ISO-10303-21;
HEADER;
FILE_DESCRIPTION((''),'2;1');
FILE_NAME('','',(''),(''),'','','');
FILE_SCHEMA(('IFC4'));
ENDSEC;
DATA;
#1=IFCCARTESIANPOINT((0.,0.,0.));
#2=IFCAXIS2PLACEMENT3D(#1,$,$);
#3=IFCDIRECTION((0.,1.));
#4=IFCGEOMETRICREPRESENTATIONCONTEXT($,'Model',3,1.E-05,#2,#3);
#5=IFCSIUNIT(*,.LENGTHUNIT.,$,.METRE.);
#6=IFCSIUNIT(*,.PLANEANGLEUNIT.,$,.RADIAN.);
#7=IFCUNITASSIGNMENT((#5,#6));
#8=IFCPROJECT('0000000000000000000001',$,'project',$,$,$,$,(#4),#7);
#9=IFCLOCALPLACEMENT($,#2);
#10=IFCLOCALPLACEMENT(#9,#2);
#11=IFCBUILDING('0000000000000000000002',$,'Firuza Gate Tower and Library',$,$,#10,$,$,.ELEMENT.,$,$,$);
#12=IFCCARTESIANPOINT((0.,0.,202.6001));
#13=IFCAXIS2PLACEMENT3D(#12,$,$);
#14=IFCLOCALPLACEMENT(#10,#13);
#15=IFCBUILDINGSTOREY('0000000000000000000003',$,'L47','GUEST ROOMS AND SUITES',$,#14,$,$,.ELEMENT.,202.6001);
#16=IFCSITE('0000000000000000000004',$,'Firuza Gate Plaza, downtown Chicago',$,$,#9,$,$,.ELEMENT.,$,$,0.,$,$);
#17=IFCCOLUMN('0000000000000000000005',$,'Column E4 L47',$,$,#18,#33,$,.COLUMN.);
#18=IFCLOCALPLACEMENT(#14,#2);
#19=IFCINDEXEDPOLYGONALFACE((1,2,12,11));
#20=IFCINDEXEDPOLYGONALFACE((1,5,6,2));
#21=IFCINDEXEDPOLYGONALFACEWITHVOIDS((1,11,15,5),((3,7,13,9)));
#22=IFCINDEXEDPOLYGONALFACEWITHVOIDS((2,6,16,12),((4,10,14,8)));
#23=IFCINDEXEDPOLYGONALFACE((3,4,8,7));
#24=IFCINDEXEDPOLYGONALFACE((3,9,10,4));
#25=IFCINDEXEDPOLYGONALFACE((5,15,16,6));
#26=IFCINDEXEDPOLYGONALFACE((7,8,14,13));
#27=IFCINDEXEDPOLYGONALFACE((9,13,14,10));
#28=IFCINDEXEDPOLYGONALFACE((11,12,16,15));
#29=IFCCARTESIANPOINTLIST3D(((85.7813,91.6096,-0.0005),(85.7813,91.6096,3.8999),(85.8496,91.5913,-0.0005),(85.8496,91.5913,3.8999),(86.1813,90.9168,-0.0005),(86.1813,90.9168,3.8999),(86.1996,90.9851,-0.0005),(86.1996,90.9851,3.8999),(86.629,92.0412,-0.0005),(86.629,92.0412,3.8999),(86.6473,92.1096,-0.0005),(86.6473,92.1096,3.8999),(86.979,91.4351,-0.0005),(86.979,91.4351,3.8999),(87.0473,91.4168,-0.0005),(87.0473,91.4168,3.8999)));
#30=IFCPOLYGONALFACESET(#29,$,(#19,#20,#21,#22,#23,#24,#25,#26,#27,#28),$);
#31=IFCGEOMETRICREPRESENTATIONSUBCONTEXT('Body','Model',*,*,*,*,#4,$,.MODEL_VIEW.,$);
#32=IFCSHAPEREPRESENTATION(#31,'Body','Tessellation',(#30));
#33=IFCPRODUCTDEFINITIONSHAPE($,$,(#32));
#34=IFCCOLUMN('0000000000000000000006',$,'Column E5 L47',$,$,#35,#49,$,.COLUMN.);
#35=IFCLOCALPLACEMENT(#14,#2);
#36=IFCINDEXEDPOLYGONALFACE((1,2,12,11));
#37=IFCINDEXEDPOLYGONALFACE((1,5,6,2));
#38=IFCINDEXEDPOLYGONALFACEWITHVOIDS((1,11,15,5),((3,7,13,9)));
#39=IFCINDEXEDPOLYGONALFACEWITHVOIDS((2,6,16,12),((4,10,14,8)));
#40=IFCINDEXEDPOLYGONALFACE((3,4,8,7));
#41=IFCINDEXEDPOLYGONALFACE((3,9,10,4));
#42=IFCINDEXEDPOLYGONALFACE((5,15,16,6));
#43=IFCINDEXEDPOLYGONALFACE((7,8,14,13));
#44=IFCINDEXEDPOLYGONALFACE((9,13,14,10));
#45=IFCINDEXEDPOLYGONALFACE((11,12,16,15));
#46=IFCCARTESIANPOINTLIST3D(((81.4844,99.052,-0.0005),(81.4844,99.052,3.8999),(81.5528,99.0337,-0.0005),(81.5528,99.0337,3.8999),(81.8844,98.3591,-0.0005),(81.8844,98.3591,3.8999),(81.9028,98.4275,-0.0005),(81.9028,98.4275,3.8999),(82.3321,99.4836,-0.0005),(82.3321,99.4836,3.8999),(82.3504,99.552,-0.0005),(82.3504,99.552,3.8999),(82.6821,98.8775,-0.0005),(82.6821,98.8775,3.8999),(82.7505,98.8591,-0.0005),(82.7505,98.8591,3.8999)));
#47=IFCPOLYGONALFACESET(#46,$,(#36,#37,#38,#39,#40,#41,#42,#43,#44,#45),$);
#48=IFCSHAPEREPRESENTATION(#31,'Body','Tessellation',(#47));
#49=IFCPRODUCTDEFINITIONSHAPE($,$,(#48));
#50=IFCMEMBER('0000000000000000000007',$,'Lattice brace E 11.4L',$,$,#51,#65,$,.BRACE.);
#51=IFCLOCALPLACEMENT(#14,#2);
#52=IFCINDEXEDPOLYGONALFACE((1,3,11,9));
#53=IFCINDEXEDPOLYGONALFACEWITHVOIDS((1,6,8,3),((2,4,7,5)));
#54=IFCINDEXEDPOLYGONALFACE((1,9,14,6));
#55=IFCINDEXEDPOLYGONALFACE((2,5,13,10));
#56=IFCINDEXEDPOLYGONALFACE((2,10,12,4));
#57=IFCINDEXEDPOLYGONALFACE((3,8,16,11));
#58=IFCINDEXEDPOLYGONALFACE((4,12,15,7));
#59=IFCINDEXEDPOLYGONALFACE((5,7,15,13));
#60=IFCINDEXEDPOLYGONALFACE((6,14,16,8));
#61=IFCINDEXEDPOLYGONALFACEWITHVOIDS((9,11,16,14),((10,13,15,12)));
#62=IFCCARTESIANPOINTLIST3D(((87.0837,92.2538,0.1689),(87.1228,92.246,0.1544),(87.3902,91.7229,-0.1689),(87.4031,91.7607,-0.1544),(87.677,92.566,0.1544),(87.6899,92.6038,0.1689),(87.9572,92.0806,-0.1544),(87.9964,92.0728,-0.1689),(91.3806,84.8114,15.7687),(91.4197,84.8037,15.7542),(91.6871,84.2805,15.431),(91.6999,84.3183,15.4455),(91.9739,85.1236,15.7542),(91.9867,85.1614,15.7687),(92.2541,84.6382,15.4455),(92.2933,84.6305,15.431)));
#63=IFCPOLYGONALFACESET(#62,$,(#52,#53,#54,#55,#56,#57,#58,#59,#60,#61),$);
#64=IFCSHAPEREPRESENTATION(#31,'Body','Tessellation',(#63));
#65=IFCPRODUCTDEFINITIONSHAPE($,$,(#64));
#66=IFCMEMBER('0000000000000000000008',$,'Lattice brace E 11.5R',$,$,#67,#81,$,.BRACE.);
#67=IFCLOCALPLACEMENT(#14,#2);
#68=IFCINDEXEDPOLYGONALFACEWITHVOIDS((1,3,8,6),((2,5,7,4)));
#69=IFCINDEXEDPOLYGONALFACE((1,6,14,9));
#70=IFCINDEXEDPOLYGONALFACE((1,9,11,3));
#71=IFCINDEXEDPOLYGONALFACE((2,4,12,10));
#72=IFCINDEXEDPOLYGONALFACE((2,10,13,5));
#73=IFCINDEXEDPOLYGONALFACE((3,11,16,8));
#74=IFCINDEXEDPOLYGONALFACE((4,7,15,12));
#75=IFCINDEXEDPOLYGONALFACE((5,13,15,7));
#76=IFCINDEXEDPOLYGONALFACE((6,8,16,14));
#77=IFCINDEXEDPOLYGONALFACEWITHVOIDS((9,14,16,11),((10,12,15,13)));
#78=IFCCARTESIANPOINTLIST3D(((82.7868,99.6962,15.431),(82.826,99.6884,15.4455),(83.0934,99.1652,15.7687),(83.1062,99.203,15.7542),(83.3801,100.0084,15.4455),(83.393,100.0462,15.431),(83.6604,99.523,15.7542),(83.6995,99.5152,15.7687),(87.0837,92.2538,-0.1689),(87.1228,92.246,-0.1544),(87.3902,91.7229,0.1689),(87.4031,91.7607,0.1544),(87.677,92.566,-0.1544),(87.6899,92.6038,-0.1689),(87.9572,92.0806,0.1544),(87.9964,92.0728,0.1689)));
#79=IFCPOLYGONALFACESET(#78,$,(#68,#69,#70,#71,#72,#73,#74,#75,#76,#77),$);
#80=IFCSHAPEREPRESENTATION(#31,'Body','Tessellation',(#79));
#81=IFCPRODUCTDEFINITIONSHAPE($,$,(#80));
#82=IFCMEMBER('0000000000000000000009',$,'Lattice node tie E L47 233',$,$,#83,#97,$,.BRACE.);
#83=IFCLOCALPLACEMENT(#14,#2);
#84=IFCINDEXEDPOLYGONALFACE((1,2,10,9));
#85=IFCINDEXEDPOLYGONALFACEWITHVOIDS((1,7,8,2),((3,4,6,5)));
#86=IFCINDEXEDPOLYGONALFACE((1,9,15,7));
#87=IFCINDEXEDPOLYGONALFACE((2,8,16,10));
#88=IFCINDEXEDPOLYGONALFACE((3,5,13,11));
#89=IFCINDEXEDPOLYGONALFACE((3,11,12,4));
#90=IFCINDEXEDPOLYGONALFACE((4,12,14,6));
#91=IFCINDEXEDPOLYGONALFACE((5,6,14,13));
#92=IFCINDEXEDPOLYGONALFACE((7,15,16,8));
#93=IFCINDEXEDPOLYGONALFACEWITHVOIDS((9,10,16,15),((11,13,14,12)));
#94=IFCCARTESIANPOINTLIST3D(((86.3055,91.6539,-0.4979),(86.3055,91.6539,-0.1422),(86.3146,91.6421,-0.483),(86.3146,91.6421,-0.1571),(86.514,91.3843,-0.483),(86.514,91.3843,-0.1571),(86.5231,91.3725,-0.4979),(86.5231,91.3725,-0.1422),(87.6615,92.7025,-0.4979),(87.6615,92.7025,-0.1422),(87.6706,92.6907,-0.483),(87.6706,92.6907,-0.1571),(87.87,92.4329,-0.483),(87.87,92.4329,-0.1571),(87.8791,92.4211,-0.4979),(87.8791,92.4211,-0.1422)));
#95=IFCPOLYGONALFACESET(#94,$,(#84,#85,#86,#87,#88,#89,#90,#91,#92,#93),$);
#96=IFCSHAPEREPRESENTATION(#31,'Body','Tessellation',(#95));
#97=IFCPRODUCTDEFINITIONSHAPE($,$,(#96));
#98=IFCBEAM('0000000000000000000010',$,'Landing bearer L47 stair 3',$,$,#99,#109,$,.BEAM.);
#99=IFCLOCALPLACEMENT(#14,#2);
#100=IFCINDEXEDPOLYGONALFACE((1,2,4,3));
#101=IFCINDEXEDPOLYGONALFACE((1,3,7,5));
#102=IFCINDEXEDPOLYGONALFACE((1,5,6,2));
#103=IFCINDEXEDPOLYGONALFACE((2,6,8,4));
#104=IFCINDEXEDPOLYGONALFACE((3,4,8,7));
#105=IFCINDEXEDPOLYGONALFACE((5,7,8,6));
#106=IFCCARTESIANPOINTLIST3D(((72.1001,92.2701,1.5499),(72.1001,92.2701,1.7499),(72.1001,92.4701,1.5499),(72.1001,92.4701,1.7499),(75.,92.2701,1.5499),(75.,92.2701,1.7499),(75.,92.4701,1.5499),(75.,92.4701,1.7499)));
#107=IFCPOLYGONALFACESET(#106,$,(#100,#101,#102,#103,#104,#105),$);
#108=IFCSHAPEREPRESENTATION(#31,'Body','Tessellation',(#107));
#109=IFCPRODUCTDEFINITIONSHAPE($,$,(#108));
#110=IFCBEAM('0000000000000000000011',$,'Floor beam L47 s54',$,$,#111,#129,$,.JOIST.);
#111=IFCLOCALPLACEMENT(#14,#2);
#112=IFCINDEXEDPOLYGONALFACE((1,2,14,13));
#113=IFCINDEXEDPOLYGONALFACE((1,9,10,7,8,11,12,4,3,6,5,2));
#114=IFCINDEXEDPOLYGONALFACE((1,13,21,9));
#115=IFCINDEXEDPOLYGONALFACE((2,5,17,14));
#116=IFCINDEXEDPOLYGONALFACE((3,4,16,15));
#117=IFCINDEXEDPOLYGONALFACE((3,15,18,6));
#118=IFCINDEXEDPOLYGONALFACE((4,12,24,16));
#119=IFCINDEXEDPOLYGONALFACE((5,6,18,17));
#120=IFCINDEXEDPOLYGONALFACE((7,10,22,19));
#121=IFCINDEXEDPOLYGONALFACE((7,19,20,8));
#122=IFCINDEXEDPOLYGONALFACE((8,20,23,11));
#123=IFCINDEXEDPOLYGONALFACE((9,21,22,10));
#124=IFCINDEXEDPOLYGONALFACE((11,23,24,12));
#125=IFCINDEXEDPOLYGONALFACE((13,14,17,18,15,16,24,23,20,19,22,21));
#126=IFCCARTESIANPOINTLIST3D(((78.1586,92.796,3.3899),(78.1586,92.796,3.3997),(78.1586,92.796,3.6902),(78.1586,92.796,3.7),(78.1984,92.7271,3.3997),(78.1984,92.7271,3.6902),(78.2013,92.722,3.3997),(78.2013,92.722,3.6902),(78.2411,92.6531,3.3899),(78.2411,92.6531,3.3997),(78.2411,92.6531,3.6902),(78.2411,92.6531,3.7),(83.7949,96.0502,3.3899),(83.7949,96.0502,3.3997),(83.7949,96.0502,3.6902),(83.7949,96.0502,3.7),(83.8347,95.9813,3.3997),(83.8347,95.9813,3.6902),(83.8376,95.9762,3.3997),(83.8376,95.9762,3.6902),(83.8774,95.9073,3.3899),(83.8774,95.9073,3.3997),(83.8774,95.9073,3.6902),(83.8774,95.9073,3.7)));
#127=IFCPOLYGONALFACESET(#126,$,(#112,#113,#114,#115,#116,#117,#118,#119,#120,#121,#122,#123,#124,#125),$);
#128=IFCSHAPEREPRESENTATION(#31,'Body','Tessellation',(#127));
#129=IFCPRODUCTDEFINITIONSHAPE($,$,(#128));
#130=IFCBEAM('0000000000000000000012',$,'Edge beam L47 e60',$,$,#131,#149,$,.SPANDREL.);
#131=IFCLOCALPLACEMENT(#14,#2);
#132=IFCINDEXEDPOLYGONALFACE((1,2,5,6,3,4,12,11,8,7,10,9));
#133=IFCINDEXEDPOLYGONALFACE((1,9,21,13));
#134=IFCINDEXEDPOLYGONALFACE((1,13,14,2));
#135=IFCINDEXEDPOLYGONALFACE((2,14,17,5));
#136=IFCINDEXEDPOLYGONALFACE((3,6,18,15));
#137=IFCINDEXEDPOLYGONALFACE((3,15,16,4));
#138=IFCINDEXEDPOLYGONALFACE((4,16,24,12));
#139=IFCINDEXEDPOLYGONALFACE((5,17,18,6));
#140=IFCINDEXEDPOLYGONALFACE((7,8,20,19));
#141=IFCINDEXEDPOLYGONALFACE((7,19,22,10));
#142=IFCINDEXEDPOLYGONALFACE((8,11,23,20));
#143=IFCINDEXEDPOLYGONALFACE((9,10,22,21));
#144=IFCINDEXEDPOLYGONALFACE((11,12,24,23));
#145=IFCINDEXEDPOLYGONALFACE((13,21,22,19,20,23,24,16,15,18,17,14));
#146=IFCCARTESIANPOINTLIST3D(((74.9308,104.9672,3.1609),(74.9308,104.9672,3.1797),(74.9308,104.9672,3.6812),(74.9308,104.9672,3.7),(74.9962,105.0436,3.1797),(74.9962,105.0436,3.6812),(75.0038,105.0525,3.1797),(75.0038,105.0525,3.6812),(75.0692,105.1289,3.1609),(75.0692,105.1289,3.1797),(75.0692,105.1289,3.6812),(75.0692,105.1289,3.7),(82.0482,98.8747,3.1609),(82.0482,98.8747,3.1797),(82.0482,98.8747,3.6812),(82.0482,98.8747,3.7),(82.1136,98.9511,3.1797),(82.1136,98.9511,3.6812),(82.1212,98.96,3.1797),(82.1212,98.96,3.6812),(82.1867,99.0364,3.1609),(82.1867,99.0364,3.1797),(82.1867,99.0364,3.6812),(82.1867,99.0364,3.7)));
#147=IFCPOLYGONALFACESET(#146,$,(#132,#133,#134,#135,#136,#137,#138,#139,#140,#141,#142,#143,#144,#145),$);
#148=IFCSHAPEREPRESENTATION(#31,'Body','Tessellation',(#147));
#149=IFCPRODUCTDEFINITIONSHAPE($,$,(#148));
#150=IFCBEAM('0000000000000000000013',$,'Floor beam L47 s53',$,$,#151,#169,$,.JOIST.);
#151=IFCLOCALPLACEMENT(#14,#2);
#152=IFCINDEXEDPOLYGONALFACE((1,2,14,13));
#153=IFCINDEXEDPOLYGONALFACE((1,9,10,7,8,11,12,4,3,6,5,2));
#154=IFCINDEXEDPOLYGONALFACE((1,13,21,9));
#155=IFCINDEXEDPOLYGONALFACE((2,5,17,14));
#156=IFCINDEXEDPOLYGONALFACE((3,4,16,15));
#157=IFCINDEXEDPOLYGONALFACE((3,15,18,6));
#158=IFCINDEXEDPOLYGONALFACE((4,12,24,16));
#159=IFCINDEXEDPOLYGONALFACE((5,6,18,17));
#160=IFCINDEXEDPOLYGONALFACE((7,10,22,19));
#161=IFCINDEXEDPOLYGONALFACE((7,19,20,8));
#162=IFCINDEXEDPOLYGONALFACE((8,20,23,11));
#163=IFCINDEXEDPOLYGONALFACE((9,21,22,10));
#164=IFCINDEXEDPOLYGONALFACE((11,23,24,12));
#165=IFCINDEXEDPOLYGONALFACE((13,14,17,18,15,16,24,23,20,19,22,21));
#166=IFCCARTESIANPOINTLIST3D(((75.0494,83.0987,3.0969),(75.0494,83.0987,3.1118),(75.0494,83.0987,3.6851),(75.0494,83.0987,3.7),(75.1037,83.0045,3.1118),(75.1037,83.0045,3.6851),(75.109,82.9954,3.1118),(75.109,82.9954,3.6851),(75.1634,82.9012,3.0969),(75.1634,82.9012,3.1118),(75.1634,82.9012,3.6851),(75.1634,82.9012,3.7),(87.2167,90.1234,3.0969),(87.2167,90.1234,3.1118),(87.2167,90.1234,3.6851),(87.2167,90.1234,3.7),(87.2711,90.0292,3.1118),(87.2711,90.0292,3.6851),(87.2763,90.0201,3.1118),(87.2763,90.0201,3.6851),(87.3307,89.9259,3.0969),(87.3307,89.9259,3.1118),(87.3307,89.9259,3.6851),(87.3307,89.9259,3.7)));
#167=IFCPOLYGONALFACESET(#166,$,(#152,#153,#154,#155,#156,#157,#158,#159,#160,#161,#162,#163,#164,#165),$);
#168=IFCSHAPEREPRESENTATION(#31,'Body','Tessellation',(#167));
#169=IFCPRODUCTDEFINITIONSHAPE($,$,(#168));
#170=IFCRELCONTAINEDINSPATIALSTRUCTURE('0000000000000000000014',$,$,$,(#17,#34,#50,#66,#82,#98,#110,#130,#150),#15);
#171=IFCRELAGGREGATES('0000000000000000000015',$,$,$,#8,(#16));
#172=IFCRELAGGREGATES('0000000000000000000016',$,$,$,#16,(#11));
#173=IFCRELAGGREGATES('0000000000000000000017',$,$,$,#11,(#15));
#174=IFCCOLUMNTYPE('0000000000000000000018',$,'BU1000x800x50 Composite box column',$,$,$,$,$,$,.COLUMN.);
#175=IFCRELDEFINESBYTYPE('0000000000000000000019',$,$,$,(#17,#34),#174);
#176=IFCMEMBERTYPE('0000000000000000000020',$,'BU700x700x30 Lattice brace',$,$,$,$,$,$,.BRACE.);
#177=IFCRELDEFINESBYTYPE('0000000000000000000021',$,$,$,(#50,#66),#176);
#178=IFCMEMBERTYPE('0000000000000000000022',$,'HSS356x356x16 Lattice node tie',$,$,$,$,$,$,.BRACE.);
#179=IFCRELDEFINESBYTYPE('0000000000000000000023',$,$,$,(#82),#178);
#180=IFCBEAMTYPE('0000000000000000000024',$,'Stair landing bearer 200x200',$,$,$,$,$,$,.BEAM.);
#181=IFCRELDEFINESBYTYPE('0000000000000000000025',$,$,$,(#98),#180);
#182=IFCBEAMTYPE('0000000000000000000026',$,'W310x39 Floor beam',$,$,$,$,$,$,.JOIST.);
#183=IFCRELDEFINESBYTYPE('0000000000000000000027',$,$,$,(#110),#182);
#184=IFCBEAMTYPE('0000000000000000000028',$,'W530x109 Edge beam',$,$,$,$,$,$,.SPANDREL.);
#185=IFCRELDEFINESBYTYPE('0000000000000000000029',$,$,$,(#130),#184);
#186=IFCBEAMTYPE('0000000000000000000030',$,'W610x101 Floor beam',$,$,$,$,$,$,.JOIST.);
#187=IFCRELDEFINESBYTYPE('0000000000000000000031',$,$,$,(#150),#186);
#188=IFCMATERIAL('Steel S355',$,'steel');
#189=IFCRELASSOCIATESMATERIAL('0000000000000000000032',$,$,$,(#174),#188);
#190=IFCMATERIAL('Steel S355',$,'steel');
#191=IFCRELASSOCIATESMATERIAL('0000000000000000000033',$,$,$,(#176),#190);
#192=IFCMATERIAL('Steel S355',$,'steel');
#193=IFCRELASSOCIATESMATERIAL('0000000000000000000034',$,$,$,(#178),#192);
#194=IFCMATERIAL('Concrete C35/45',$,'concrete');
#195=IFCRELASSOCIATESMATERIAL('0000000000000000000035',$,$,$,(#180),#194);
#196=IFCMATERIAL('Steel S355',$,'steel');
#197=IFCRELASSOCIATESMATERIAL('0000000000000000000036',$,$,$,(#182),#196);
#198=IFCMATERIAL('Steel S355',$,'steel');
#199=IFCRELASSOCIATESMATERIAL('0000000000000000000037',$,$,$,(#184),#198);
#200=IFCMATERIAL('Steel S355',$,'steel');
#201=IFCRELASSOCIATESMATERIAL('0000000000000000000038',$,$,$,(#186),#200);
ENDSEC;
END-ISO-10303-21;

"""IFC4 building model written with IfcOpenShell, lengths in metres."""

from ifc_helpers import new_model, si_unit, direction, frame, origin, origin_2d, place, context, subcontext, project, spatial, rectangle, hollow_rectangle, i_section, extrude, material, material_profile, profile_set, type_object, element, save


model = new_model("IFC4")

# Units and contexts
model_context = context("Model", 3, precision=1e-05, world=origin(), true_north=direction((0.0, 1.0)))
body_context = subcontext(model_context, "Body", "Model", "MODEL_VIEW")
ifc_project = project(units=[si_unit("LENGTHUNIT", "METRE"), si_unit("PLANEANGLEUNIT", "RADIAN")], contexts=[model_context])

# Site, building, storey
site_placement = place(None, origin())
site = spatial("IfcSite", under=ifc_project, at=site_placement, Name="Firuza Gate Plaza, downtown Chicago", CompositionType="ELEMENT", RefElevation=0.0)
building_placement = place(site_placement, origin())
building = spatial("IfcBuilding", under=site, at=building_placement, Name="Firuza Gate Tower and Library", CompositionType="ELEMENT")
storey_placement = place(building_placement, frame((0.0, 0.0, 202.6001)))
storey = spatial("IfcBuildingStorey", under=building, at=storey_placement, Name="L47", Description="GUEST ROOMS AND SUITES", CompositionType="ELEMENT", Elevation=202.6001)

# Columns
ifc_material_1 = material(Name="Steel S355", Category="steel")
ifc_material_profile_1 = material_profile(ifc_material_1, hollow_rectangle(XDim=0.8, YDim=1.0, WallThickness=0.05, at=origin_2d()))
ifc_profile_set_1 = profile_set([ifc_material_profile_1], Name="Steel S355")
column_type = type_object("IfcColumnType", Name="BU1000x800x50 Composite box column", PredefinedType="COLUMN", material=ifc_profile_set_1)
for number, where, z_axis, x_axis, name in (
    (1, (86.4143, 91.5132, -0.0005), (0.0, 0.0, 1.0), (-0.5, 0.866025, 0.0), "Column E4 L47"),
    (2, (82.1174, 98.9556, -0.0005), (0.0, 0.0, 1.0), (-0.5, 0.866025, 0.0), "Column E5 L47"),
):
    element("IfcColumn", number, at=place(storey_placement, frame(where, z_axis=z_axis, x_axis=x_axis)), inside=storey, type_object=column_type, Name=name, PredefinedType="COLUMN", context=body_context, shape_type="SweptSolid", body=[
        extrude(hollow_rectangle(XDim=0.8, YDim=1.0, WallThickness=0.05, at=origin_2d()), origin(), (0.0, 0.0, 1.0), 3.9004),
    ])

# Members
ifc_material_2 = material(Name="Steel S355", Category="steel")
ifc_material_profile_2 = material_profile(ifc_material_2, hollow_rectangle(XDim=0.7, YDim=0.7, WallThickness=0.03, at=origin_2d()))
ifc_profile_set_2 = profile_set([ifc_material_profile_2], Name="Steel S355")
member_type_1 = type_object("IfcMemberType", Name="BU700x700x30 Lattice brace", PredefinedType="BRACE", material=ifc_profile_set_2)
for number, where, z_axis, x_axis, name in (
    (3, (87.54, 92.1633, 0.0), (0.241258, -0.417869, 0.875888), (0.866025, 0.500001, 0.0), "Lattice brace E 11.4L"),
    (4, (87.54, 92.1633, 0.0), (-0.241258, 0.417869, 0.875888), (-0.866025, -0.500001, 0.0), "Lattice brace E 11.5R"),
):
    element("IfcMember", number, at=place(storey_placement, frame(where, z_axis=z_axis, x_axis=x_axis)), inside=storey, type_object=member_type_1, Name=name, PredefinedType="BRACE", context=body_context, shape_type="SweptSolid", body=[
        extrude(hollow_rectangle(XDim=0.7, YDim=0.7, WallThickness=0.03, at=origin_2d()), origin(), (0.0, 0.0, 1.0), 17.8103),
    ])
ifc_material_3 = material(Name="Steel S355", Category="steel")
ifc_material_profile_3 = material_profile(ifc_material_3, hollow_rectangle(XDim=0.3557, YDim=0.3557, WallThickness=0.0149, at=origin_2d()))
ifc_profile_set_3 = profile_set([ifc_material_profile_3], Name="Steel S355")
member_type_2 = type_object("IfcMemberType", Name="HSS356x356x16 Lattice node tie", PredefinedType="BRACE", material=ifc_profile_set_3)
member_placement = place(storey_placement, frame((86.4143, 91.5132, -0.3201), z_axis=(0.791059, 0.611739, 0.0), x_axis=(-0.611739, 0.791059, 0.0)))
element("IfcMember", 5, at=member_placement, inside=storey, type_object=member_type_2, Name="Lattice node tie E L47 233", PredefinedType="BRACE", context=body_context, shape_type="SweptSolid", body=[
    extrude(hollow_rectangle(XDim=0.3557, YDim=0.3557, WallThickness=0.0149, at=origin_2d()), origin(), (0.0, 0.0, 1.0), 1.7141),
])

# Beams
ifc_material_4 = material(Name="Concrete C35/45", Category="concrete")
ifc_material_profile_4 = material_profile(ifc_material_4, rectangle(XDim=0.2, YDim=0.2, at=origin_2d()))
ifc_profile_set_4 = profile_set([ifc_material_profile_4], Name="Concrete C35/45")
beam_type_1 = type_object("IfcBeamType", Name="Stair landing bearer 200x200", PredefinedType="BEAM", material=ifc_profile_set_4)
beam_1_placement = place(storey_placement, frame((75.0, 92.3701, 1.6499), z_axis=(-1.0, 0.0, 0.0), x_axis=(0.0, -1.0, 0.0)))
element("IfcBeam", 6, at=beam_1_placement, inside=storey, type_object=beam_type_1, Name="Landing bearer L47 stair 3", PredefinedType="BEAM", context=body_context, shape_type="SweptSolid", body=[
    extrude(rectangle(XDim=0.2, YDim=0.2, at=origin_2d()), origin(), (0.0, 0.0, 1.0), 2.8999),
])
ifc_material_5 = material(Name="Steel S355", Category="steel")
ifc_material_profile_5 = material_profile(ifc_material_5, i_section(OverallWidth=0.165, OverallDepth=0.3101, WebThickness=0.0059, FlangeThickness=0.0098, at=origin_2d()))
ifc_profile_set_5 = profile_set([ifc_material_profile_5], Name="Steel S355")
beam_type_2 = type_object("IfcBeamType", Name="W310x39 Floor beam", PredefinedType="JOIST", material=ifc_profile_set_5)
beam_2_placement = place(storey_placement, frame((83.8362, 95.9788, 3.5449), z_axis=(-0.866021, -0.500008, 0.0), x_axis=(0.500008, -0.866021, 0.0)))
element("IfcBeam", 7, at=beam_2_placement, inside=storey, type_object=beam_type_2, Name="Floor beam L47 s54", PredefinedType="JOIST", context=body_context, shape_type="SweptSolid", body=[
    extrude(i_section(OverallWidth=0.165, OverallDepth=0.3101, WebThickness=0.0059, FlangeThickness=0.0098, at=origin_2d()), origin(), (0.0, 0.0, 1.0), 6.5083),
])
ifc_material_6 = material(Name="Steel S355", Category="steel")
ifc_material_profile_6 = material_profile(ifc_material_6, i_section(OverallWidth=0.2129, OverallDepth=0.5391, WebThickness=0.0117, FlangeThickness=0.0188, at=origin_2d()))
ifc_profile_set_6 = profile_set([ifc_material_profile_6], Name="Steel S355")
beam_type_3 = type_object("IfcBeamType", Name="W530x109 Edge beam", PredefinedType="SPANDREL", material=ifc_profile_set_6)
beam_3_placement = place(storey_placement, frame((82.1174, 98.9556, 3.4304), z_axis=(-0.759685, 0.650291, 0.0), x_axis=(-0.650291, -0.759685, 0.0)))
element("IfcBeam", 8, at=beam_3_placement, inside=storey, type_object=beam_type_3, Name="Edge beam L47 e60", PredefinedType="SPANDREL", context=body_context, shape_type="SweptSolid", body=[
    extrude(i_section(OverallWidth=0.2129, OverallDepth=0.5391, WebThickness=0.0117, FlangeThickness=0.0188, at=origin_2d()), origin(), (0.0, 0.0, 1.0), 9.3689),
])
ifc_material_7 = material(Name="Steel S355", Category="steel")
ifc_material_profile_7 = material_profile(ifc_material_7, i_section(OverallWidth=0.228, OverallDepth=0.603, WebThickness=0.0105, FlangeThickness=0.0149, at=origin_2d()))
ifc_profile_set_7 = profile_set([ifc_material_profile_7], Name="Steel S355")
beam_type_4 = type_object("IfcBeamType", Name="W610x101 Floor beam", PredefinedType="JOIST", material=ifc_profile_set_7)
beam_4_placement = place(storey_placement, frame((87.2737, 90.0247, 3.3984), z_axis=(-0.866028, -0.499995, 0.0), x_axis=(0.499995, -0.866028, 0.0)))
element("IfcBeam", 9, at=beam_4_placement, inside=storey, type_object=beam_type_4, Name="Floor beam L47 s53", PredefinedType="JOIST", context=body_context, shape_type="SweptSolid", body=[
    extrude(i_section(OverallWidth=0.228, OverallDepth=0.603, WebThickness=0.0105, FlangeThickness=0.0149, at=origin_2d()), origin(), (0.0, 0.0, 1.0), 14.0496),
])

save(model, "model.ifc")
